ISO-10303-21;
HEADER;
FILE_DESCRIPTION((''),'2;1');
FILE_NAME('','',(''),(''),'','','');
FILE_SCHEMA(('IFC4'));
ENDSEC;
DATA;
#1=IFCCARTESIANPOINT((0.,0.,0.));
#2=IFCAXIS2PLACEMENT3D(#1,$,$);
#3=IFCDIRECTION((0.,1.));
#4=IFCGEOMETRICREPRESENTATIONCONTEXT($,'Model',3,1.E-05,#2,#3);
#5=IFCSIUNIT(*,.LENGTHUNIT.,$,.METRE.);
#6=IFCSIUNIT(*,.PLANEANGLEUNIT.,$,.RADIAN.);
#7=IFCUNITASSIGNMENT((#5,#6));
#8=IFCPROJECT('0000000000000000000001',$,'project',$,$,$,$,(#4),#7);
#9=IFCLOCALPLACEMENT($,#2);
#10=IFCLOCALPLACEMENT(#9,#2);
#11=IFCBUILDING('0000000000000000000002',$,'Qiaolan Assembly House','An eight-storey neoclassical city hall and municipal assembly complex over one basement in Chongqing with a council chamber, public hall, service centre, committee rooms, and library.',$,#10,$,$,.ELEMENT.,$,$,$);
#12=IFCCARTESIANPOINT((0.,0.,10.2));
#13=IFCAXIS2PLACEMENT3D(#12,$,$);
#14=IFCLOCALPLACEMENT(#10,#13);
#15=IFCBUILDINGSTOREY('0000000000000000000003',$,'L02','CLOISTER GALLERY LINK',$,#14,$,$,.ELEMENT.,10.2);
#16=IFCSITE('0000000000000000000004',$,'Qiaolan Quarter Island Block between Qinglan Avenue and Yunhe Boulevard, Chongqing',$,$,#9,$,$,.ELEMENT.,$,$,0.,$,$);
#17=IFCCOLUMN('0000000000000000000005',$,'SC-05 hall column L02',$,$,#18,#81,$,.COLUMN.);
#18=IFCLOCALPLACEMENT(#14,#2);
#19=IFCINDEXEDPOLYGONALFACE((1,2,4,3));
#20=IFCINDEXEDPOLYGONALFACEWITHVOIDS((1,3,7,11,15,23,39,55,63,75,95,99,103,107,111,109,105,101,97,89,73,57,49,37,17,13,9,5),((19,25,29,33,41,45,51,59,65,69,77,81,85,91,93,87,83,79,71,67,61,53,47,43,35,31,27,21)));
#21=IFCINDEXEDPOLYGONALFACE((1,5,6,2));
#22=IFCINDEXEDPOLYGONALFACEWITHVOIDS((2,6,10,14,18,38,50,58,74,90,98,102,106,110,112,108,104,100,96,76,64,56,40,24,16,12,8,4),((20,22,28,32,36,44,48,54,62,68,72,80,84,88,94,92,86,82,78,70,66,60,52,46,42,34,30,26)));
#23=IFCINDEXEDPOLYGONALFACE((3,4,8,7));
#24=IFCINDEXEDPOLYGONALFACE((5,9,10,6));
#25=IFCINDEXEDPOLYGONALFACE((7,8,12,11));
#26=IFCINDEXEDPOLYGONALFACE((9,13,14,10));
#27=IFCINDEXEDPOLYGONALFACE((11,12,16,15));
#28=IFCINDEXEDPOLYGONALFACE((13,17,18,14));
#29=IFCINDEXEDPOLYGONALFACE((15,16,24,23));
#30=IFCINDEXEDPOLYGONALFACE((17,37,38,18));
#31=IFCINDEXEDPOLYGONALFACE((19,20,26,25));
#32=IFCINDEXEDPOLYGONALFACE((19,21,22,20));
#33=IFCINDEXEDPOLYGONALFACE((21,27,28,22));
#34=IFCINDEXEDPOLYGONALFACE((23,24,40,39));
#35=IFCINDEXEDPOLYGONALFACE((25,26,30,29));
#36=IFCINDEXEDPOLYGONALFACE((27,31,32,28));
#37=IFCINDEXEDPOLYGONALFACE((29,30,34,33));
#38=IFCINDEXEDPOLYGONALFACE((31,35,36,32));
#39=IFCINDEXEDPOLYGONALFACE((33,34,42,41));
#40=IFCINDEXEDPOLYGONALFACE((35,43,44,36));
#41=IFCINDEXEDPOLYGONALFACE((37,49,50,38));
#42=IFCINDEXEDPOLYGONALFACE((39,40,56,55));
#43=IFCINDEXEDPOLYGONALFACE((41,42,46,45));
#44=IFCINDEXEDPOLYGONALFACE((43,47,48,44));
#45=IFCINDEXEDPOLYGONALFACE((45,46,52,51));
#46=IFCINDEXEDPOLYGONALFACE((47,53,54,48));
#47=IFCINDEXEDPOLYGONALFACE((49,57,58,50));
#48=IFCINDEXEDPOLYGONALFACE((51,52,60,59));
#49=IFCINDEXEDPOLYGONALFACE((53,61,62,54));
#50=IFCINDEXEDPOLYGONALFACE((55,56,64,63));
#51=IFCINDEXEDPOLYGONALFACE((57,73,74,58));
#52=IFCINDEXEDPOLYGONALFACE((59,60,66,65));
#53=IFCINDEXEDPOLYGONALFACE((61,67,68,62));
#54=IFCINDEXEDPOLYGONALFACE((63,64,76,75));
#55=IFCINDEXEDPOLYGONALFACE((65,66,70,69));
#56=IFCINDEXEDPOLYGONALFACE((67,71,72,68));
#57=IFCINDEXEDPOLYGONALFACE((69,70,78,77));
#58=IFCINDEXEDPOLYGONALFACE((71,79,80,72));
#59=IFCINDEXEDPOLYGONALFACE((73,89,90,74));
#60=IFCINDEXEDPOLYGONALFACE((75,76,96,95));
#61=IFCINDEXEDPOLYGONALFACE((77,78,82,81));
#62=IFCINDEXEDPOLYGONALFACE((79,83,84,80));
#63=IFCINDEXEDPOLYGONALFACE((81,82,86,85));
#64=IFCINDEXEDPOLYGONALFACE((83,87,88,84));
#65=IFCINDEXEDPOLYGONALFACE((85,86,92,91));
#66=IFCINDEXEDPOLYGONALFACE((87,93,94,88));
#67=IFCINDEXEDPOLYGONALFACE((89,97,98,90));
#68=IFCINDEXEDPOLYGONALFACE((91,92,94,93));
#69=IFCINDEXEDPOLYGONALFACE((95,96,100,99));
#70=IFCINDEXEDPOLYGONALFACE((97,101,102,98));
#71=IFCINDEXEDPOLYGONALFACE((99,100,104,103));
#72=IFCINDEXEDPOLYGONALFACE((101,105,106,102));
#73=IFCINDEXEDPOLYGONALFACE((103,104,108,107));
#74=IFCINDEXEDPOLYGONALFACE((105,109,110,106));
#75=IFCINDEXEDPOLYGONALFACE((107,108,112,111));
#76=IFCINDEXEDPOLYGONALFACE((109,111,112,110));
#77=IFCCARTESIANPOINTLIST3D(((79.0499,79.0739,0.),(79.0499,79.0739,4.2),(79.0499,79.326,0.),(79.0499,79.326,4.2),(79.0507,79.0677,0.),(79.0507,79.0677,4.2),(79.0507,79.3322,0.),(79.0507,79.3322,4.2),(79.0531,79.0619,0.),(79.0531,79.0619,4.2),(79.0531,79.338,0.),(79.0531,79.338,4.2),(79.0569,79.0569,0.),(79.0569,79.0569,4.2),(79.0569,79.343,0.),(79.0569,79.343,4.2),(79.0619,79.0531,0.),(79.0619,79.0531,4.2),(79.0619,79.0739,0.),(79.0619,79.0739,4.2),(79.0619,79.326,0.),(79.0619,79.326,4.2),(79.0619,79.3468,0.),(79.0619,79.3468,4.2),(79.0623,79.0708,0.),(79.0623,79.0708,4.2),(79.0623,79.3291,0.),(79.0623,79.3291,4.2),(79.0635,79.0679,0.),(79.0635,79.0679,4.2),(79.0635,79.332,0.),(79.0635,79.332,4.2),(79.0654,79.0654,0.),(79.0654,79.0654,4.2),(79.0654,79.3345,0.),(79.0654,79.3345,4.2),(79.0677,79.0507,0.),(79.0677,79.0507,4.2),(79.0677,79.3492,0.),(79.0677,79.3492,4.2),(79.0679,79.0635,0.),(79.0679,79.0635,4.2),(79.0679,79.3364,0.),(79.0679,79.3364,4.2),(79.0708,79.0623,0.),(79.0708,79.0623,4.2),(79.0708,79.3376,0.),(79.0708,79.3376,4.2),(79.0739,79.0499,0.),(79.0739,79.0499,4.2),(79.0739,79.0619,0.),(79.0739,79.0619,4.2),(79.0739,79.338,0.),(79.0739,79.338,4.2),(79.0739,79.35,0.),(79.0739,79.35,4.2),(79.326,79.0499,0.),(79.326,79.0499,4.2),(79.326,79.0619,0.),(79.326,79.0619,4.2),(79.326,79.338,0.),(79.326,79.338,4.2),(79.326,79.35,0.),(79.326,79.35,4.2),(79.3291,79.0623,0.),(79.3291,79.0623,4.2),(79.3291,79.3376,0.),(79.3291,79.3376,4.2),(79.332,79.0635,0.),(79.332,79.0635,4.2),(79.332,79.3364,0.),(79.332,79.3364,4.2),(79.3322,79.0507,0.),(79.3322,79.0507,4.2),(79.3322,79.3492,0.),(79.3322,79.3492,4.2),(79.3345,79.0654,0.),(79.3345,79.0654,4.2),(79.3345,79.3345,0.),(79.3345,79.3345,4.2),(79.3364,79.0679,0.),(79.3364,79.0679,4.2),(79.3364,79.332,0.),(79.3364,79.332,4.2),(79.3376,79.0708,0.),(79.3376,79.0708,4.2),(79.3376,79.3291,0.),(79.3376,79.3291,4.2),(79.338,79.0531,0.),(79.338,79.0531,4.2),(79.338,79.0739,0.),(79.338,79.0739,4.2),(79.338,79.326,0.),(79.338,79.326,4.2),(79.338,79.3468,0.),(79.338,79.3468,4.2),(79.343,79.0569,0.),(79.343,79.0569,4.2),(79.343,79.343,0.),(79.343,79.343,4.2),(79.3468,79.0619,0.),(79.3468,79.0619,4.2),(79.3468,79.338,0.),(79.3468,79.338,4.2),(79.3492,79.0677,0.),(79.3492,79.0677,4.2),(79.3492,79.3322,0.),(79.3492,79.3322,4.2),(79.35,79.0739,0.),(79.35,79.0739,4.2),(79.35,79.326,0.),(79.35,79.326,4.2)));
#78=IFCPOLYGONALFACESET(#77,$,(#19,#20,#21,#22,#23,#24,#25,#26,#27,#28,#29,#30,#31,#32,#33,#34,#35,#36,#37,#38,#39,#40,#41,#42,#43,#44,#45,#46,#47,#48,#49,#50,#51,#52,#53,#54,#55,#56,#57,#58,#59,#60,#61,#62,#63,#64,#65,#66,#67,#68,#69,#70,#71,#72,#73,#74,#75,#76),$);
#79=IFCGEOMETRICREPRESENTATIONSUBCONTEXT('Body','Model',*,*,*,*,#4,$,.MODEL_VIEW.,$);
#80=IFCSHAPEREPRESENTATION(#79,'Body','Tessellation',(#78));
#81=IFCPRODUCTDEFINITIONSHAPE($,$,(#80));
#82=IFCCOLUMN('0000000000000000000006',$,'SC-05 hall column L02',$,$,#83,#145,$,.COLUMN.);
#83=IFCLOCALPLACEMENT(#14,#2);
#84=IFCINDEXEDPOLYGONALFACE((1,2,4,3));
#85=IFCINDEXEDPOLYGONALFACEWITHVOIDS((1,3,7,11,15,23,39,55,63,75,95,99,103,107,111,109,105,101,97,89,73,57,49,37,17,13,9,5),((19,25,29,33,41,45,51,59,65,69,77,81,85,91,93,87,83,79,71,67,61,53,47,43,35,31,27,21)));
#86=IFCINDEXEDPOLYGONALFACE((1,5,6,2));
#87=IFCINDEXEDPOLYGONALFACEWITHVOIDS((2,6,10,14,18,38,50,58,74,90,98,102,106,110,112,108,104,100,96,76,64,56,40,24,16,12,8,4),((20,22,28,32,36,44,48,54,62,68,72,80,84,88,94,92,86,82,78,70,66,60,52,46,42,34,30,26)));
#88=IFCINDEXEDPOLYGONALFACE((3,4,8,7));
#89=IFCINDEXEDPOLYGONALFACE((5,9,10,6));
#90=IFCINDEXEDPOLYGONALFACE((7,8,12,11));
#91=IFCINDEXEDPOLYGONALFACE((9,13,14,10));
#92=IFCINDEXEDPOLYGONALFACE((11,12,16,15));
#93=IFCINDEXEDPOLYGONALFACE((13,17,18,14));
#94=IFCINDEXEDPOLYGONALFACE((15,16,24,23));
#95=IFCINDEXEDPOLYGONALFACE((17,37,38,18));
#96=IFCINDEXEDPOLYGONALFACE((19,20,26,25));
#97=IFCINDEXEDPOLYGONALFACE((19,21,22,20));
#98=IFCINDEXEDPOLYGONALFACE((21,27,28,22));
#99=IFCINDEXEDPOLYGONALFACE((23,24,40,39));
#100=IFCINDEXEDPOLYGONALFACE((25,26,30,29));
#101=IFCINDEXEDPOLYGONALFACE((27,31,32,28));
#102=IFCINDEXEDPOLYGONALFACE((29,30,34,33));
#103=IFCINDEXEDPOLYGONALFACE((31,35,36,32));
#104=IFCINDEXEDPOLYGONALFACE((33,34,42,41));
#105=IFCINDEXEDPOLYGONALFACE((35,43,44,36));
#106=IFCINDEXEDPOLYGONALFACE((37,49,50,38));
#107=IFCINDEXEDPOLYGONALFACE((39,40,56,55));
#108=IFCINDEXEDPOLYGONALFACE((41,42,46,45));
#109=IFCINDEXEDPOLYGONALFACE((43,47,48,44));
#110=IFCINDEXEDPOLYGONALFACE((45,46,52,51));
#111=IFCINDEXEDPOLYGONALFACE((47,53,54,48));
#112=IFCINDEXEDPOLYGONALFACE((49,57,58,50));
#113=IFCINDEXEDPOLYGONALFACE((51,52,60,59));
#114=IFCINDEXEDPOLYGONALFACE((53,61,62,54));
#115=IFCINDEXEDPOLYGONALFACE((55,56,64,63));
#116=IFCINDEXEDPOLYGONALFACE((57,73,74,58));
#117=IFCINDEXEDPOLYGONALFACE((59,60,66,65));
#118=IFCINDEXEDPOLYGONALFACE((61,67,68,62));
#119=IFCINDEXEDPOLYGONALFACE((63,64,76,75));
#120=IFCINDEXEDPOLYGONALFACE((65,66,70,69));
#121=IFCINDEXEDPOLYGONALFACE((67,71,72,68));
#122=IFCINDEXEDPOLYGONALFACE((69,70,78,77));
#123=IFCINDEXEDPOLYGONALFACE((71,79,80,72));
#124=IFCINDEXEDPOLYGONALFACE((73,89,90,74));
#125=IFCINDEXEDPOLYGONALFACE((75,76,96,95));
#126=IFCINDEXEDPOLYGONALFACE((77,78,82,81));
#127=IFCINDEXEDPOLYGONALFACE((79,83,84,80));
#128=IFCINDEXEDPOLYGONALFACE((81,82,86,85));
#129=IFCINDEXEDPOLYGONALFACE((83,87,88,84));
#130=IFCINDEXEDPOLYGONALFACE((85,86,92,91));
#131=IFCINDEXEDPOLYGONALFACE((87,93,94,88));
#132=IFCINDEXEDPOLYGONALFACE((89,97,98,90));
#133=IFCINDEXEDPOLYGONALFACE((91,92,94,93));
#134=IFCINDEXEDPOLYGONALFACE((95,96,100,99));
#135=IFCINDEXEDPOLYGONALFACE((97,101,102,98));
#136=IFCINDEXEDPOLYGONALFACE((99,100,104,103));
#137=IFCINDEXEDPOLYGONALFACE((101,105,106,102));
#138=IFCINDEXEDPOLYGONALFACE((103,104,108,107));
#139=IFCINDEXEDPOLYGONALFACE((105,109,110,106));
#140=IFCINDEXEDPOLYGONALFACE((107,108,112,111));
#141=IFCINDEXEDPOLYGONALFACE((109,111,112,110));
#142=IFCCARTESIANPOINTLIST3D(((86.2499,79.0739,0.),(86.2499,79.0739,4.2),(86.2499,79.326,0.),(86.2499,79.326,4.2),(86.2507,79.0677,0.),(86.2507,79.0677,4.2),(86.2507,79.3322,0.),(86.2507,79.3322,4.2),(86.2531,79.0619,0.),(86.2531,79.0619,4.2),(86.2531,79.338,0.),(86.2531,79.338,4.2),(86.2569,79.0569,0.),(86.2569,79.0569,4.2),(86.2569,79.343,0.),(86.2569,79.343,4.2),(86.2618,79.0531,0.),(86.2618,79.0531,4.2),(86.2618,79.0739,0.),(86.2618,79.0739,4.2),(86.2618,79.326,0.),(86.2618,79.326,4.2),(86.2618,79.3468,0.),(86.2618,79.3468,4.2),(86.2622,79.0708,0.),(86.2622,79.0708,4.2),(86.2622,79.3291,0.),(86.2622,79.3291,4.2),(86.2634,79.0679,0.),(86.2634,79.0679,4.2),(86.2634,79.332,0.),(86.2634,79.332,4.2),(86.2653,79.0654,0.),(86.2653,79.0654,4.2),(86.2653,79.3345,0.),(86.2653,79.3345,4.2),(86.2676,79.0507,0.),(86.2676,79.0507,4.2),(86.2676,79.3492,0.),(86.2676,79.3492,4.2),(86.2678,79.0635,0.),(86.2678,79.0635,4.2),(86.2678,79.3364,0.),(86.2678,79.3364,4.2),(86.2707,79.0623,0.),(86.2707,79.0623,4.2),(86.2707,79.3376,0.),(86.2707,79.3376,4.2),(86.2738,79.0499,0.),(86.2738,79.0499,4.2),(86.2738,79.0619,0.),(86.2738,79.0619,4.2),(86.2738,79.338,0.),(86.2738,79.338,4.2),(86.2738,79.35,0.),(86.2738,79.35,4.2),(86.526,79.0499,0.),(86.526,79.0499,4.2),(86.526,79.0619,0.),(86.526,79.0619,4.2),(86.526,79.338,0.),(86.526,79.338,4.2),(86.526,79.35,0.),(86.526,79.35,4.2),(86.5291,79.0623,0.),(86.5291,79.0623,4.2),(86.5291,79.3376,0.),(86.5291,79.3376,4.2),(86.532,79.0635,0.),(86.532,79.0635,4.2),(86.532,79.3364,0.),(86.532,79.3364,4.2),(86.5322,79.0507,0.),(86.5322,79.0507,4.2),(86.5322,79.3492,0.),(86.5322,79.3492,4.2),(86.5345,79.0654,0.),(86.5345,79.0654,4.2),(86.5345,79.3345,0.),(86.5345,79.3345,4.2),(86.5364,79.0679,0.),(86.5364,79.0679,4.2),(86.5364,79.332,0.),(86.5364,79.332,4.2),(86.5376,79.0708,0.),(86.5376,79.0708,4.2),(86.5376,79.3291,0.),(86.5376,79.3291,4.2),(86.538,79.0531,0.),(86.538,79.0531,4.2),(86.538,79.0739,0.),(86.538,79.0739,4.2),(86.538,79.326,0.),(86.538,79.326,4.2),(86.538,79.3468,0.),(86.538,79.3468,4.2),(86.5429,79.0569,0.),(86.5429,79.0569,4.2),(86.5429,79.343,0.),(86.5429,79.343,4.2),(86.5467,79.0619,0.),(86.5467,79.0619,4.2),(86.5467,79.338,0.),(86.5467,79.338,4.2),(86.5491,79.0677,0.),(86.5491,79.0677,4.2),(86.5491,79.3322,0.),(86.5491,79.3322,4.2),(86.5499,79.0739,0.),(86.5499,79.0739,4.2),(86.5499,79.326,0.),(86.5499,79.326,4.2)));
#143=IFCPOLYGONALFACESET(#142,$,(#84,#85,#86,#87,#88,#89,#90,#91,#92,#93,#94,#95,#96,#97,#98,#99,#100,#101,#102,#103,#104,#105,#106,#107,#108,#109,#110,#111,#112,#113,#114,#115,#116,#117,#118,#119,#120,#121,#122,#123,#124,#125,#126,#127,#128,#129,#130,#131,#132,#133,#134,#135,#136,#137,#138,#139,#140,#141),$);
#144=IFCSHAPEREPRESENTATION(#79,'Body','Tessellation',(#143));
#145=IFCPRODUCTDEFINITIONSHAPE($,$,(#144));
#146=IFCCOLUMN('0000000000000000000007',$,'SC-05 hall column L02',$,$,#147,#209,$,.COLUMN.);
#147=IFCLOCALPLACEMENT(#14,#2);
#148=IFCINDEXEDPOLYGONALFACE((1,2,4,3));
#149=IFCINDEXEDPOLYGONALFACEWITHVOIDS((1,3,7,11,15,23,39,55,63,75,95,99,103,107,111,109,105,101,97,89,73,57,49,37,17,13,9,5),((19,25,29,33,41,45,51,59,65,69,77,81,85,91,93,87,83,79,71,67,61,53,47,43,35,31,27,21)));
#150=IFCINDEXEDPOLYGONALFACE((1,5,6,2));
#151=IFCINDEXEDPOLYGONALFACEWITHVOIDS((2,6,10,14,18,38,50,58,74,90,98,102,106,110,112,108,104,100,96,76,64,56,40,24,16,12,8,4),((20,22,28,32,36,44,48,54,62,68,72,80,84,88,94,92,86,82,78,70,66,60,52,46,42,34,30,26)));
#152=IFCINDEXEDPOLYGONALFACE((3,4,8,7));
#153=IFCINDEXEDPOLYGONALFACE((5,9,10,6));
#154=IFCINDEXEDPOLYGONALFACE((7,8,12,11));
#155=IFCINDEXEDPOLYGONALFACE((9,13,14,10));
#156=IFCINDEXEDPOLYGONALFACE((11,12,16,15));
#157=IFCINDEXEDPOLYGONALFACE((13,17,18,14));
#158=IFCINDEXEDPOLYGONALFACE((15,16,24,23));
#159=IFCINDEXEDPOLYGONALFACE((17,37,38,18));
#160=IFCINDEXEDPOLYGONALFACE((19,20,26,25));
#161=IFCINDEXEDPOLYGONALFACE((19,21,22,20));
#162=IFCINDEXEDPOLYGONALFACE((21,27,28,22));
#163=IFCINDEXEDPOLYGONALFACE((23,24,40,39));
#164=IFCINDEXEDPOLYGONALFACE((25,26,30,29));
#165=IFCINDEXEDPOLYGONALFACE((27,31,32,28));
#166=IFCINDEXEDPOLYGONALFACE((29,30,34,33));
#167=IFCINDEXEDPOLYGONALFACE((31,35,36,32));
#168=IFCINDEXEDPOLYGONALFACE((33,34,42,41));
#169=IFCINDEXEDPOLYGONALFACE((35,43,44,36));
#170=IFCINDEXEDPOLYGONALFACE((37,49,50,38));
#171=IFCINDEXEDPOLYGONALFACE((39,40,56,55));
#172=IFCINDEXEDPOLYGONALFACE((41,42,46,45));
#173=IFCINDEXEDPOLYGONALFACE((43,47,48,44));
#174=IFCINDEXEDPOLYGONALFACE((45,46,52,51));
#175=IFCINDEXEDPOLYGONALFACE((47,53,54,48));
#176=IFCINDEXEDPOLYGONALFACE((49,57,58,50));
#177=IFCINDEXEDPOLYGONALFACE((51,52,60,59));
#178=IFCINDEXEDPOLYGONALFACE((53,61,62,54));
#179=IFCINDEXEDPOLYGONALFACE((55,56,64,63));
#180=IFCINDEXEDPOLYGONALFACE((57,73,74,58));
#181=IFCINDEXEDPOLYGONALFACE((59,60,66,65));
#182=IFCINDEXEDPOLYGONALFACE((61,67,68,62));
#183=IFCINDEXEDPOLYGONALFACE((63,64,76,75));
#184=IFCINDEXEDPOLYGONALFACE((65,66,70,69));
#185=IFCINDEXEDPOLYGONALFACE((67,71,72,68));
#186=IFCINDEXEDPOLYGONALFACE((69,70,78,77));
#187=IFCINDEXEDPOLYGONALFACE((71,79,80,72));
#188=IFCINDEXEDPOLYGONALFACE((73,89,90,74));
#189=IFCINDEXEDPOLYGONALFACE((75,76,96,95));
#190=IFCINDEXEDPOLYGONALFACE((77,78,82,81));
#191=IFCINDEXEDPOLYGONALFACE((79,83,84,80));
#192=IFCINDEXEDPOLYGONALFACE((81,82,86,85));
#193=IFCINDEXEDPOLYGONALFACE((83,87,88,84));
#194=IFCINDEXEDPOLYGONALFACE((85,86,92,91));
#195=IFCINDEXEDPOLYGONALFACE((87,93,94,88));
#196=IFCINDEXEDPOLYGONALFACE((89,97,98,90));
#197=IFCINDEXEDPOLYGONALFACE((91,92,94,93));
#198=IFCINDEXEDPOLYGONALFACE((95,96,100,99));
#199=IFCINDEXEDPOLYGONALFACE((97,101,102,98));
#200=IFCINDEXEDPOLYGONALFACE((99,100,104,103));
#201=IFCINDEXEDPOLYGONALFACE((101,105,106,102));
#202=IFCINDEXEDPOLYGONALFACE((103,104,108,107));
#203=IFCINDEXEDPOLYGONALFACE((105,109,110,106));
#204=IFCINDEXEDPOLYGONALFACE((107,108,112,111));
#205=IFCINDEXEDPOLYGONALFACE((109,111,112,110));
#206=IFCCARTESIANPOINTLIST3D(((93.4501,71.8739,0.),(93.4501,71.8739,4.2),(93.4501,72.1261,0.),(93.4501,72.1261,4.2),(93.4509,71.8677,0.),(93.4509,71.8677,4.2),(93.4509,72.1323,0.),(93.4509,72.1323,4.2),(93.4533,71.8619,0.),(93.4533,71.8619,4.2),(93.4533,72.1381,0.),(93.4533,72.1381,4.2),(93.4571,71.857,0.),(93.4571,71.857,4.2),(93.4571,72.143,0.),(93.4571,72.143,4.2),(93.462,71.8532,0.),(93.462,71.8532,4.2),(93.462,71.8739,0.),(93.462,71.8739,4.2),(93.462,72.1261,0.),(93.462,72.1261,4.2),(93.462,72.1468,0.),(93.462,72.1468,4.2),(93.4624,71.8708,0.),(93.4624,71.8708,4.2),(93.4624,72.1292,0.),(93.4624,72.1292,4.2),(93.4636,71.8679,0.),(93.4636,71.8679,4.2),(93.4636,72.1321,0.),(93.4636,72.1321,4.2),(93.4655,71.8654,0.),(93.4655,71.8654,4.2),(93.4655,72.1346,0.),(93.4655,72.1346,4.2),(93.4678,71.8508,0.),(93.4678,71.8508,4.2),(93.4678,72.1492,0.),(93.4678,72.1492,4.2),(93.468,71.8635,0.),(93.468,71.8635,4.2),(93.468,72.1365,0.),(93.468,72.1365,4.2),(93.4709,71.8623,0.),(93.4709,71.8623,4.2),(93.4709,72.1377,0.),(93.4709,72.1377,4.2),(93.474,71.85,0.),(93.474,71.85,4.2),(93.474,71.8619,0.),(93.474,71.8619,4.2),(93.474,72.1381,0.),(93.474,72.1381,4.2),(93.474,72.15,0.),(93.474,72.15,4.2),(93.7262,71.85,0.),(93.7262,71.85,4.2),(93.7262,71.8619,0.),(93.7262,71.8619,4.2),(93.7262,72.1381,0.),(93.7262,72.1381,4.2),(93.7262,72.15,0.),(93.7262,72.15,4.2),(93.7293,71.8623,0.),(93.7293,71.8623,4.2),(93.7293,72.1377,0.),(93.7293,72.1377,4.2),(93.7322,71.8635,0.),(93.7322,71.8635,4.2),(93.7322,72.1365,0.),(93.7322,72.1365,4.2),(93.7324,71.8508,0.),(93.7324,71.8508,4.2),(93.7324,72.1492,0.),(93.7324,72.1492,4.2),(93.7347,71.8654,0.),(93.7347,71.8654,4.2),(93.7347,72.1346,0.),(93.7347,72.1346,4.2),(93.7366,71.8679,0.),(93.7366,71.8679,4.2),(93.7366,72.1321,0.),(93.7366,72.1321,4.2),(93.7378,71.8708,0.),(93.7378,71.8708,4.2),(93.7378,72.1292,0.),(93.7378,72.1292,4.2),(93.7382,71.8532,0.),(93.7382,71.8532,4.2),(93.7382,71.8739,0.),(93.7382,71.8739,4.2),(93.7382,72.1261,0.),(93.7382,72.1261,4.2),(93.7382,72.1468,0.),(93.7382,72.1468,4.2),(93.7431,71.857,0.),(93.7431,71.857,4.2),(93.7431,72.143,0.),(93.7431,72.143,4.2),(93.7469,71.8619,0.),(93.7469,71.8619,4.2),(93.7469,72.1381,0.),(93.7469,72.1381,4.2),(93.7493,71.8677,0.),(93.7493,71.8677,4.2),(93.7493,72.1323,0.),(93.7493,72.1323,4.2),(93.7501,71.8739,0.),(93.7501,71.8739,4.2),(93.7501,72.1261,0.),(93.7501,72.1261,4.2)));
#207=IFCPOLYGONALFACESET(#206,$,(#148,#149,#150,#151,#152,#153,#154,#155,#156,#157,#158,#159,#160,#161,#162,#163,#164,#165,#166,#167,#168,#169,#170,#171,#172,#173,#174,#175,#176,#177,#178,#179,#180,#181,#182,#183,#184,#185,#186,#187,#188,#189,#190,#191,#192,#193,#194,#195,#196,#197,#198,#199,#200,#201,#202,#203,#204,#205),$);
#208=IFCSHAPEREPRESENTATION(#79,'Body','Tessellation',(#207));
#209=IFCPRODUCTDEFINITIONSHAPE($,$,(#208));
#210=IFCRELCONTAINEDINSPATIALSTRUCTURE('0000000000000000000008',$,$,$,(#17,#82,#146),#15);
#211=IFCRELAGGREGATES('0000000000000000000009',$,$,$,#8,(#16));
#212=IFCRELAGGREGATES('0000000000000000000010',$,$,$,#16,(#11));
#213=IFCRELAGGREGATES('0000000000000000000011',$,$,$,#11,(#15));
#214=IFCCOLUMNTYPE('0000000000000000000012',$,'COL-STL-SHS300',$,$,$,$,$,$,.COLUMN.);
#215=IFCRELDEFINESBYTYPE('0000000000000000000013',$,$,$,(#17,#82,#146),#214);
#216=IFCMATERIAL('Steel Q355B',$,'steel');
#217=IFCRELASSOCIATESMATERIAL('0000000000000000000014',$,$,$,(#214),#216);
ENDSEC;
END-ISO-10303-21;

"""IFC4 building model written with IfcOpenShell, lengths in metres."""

from ifc_helpers import new_model, si_unit, direction, frame, origin, origin_2d, place, context, subcontext, project, spatial, hollow_rectangle, extrude, material, material_profile, profile_set, type_object, element, save


model = new_model("IFC4")

# Units and contexts
model_context = context("Model", 3, precision=1e-05, world=origin(), true_north=direction((0.0, 1.0)))
body_context = subcontext(model_context, "Body", "Model", "MODEL_VIEW")
ifc_project = project(units=[si_unit("LENGTHUNIT", "METRE"), si_unit("PLANEANGLEUNIT", "RADIAN")], contexts=[model_context])

# Site, building, storey
site_placement = place(None, origin())
site = spatial("IfcSite", under=ifc_project, at=site_placement, Name="Qiaolan Quarter Island Block between Qinglan Avenue and Yunhe Boulevard, Chongqing", CompositionType="ELEMENT", RefElevation=0.0)
building_placement = place(site_placement, origin())
building = spatial("IfcBuilding", under=site, at=building_placement, Name="Qiaolan Assembly House", Description="An eight-storey neoclassical city hall and municipal assembly complex over one basement in Chongqing with a council chamber, public hall, service centre, committee rooms, and library.", CompositionType="ELEMENT")
storey_placement = place(building_placement, frame((0.0, 0.0, 10.2)))
storey = spatial("IfcBuildingStorey", under=building, at=storey_placement, Name="L02", Description="CLOISTER GALLERY LINK", CompositionType="ELEMENT", Elevation=10.2)

# Columns
ifc_material_1 = material(Name="Steel Q355B", Category="steel")
ifc_material_profile_1 = material_profile(ifc_material_1, hollow_rectangle(XDim=0.3, YDim=0.3, WallThickness=0.012, InnerFilletRadius=0.012, OuterFilletRadius=0.0239, at=origin_2d()), Name="SHS 300x300x12")
ifc_profile_set_1 = profile_set([ifc_material_profile_1], Name="Steel Q355B")
column_type = type_object("IfcColumnType", Name="COL-STL-SHS300", PredefinedType="COLUMN", material=ifc_profile_set_1)
for number, where, z_axis, x_axis, name in (
    (1, (79.2, 79.2, 0.0), (0.0, 0.0, 1.0), (1.0, 0.0, 0.0), "SC-05 hall column L02"),
    (2, (86.3999, 79.2, 0.0), (0.0, 0.0, 1.0), (1.0, 0.0, 0.0), "SC-05 hall column L02"),
    (3, (93.6001, 72.0, 0.0), (0.0, 0.0, 1.0), (1.0, 0.0, 0.0), "SC-05 hall column L02"),
):
    element("IfcColumn", number, at=place(storey_placement, frame(where, z_axis=z_axis, x_axis=x_axis)), inside=storey, type_object=column_type, Name=name, PredefinedType="COLUMN", context=body_context, shape_type="SweptSolid", body=[
        extrude(hollow_rectangle(XDim=0.3, YDim=0.3, WallThickness=0.012, InnerFilletRadius=0.012, OuterFilletRadius=0.0239, at=origin_2d()), origin(), (0.0, 0.0, 1.0), 4.2),
    ])

save(model, "model.ifc")
